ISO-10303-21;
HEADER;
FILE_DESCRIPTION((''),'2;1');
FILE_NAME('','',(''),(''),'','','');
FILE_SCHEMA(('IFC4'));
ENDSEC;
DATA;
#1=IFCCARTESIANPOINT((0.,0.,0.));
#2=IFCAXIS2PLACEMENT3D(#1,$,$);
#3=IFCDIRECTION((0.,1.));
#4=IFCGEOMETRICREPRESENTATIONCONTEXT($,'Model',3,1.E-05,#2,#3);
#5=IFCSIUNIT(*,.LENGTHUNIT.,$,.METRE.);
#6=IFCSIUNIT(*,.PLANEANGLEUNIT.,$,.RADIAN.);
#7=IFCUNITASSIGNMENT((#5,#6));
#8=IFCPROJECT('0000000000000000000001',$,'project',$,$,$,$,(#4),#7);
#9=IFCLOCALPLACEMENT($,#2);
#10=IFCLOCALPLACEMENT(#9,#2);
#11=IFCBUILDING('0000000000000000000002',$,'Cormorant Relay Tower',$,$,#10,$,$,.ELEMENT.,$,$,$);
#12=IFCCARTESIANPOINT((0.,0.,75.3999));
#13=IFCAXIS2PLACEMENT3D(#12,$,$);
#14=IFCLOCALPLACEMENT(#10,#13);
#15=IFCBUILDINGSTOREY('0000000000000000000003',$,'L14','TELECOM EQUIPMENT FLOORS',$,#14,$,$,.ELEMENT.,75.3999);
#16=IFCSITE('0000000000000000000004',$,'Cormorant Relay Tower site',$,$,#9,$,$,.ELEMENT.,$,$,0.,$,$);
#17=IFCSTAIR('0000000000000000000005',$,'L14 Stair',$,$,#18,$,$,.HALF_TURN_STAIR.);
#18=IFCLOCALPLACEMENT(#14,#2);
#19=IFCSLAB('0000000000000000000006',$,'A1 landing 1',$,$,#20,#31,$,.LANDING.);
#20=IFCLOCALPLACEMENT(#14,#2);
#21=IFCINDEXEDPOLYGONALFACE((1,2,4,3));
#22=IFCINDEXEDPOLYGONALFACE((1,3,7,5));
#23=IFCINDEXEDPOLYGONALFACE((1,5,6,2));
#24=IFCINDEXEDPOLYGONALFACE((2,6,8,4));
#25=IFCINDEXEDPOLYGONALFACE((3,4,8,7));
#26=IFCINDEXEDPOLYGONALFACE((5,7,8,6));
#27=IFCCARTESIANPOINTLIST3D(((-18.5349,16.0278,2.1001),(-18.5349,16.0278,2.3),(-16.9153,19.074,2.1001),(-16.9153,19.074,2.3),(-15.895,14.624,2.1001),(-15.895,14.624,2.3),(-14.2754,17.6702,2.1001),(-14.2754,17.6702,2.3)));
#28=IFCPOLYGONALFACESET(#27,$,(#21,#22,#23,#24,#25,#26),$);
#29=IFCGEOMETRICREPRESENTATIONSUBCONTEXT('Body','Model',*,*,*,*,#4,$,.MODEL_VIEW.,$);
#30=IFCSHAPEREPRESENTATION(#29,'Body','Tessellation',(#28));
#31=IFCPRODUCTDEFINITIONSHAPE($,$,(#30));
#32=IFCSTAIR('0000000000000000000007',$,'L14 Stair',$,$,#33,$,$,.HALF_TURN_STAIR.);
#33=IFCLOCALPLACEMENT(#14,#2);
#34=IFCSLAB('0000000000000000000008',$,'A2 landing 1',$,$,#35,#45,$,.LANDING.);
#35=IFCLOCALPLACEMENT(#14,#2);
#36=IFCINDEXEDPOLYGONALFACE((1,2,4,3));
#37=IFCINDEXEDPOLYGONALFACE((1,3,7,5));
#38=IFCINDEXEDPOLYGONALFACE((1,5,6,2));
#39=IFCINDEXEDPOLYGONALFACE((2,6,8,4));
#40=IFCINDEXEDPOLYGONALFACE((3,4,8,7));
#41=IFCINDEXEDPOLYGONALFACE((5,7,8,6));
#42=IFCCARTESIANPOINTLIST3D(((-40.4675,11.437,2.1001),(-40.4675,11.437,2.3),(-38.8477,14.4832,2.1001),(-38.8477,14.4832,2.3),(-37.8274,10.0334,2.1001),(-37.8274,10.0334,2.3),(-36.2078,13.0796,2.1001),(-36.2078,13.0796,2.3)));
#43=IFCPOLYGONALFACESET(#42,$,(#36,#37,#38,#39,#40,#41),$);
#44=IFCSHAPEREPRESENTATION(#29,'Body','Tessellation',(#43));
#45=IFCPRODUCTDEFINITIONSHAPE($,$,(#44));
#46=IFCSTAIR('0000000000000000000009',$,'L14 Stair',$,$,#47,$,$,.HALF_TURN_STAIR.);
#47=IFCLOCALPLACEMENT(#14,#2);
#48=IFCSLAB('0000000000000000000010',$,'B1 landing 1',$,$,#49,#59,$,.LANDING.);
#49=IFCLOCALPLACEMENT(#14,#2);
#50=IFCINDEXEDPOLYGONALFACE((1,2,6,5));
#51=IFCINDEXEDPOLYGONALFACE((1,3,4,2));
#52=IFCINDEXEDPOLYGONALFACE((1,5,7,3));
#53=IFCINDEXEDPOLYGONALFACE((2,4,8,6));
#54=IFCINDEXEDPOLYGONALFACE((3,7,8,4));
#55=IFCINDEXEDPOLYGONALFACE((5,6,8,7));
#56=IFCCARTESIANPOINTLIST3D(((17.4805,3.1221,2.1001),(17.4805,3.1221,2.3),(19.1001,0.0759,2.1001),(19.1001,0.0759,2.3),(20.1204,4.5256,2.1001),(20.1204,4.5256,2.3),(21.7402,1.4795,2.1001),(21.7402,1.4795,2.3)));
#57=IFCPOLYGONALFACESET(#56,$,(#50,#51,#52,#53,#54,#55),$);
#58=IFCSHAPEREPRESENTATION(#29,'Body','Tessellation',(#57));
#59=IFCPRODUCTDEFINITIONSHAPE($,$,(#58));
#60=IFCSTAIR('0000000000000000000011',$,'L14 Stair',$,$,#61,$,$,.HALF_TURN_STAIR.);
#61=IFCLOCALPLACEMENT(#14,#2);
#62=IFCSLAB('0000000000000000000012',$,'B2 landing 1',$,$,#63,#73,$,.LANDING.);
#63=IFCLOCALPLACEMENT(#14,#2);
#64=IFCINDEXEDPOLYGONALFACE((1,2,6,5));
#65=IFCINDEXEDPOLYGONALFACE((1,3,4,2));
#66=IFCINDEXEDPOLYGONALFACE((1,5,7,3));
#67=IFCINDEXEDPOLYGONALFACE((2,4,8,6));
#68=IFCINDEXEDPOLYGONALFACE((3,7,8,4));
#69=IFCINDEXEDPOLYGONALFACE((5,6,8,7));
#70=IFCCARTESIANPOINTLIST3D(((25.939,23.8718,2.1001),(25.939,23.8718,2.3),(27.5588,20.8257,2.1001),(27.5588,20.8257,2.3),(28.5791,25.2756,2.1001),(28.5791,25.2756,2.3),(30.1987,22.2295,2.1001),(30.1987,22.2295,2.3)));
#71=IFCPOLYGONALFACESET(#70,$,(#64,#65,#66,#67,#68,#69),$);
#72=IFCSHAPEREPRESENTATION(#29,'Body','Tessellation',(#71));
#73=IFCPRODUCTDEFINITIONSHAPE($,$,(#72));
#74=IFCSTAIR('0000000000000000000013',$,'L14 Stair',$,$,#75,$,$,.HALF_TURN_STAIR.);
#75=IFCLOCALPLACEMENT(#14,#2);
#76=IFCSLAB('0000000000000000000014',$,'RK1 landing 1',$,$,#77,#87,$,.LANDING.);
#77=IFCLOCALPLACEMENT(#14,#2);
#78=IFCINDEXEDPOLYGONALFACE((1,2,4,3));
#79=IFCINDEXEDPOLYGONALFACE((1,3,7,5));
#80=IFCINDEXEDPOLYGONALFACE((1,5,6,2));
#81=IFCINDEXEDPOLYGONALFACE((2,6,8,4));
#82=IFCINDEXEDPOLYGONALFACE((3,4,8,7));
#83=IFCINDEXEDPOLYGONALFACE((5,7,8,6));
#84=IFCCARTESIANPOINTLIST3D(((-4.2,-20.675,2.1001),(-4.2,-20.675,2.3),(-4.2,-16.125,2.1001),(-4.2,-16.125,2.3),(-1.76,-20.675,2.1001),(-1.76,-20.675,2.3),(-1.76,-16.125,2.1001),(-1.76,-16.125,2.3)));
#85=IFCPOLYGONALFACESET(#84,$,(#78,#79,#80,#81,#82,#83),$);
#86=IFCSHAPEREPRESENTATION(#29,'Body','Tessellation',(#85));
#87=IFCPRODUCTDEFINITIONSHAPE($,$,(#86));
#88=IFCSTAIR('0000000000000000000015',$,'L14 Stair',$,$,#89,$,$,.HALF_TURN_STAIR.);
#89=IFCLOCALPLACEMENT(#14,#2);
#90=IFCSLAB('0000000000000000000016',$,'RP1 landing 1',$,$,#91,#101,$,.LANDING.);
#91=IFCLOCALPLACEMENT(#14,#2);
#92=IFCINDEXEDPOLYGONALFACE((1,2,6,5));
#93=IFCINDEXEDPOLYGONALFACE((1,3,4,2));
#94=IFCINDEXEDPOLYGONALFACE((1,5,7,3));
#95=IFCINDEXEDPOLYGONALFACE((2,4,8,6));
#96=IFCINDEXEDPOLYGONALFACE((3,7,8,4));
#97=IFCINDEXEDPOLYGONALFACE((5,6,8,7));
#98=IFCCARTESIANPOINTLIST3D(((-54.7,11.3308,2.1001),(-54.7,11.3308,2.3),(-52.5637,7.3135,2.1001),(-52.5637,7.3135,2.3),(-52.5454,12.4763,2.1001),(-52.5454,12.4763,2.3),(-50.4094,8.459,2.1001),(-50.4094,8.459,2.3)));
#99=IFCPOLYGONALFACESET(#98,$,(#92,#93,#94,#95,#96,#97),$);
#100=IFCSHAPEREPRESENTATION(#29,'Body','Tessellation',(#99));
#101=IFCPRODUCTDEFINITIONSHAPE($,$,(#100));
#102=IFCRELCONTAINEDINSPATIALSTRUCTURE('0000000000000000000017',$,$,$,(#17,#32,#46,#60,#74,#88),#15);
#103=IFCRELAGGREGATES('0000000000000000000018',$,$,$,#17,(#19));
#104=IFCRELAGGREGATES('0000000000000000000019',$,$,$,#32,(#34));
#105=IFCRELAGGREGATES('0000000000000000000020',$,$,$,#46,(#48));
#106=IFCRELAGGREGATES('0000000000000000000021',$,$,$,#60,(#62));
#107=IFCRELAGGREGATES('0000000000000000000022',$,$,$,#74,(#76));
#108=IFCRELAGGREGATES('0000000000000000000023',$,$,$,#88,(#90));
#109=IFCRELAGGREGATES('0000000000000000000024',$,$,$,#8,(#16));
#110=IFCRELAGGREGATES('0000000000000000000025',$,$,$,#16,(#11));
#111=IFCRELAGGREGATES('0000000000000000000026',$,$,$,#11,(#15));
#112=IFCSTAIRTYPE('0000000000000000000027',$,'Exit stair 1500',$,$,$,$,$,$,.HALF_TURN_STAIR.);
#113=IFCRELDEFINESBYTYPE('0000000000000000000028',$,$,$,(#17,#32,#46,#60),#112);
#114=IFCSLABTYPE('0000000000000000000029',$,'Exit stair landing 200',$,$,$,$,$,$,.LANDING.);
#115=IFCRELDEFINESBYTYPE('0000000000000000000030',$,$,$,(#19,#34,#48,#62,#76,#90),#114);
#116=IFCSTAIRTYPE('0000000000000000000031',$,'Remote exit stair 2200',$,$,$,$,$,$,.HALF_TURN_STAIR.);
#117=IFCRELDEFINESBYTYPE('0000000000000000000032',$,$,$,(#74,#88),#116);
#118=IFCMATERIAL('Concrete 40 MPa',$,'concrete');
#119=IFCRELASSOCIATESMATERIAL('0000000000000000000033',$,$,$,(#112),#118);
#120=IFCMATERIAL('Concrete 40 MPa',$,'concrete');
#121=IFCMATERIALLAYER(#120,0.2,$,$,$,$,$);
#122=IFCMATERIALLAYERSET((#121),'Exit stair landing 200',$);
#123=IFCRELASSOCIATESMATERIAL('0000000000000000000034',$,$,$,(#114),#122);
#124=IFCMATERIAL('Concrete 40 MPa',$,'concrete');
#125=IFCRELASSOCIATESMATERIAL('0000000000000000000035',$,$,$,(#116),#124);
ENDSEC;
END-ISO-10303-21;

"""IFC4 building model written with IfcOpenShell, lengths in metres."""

from ifc_helpers import new_model, si_unit, direction, frame, origin, place, context, subcontext, project, spatial, polyline, outline, extrude, material, layer, layer_set, type_object, element, aggregate, save


model = new_model("IFC4")

# Units and contexts
model_context = context("Model", 3, precision=1e-05, world=origin(), true_north=direction((0.0, 1.0)))
body_context = subcontext(model_context, "Body", "Model", "MODEL_VIEW")
ifc_project = project(units=[si_unit("LENGTHUNIT", "METRE"), si_unit("PLANEANGLEUNIT", "RADIAN")], contexts=[model_context])

# Site, building, storey
site_placement = place(None, origin())
site = spatial("IfcSite", under=ifc_project, at=site_placement, Name="Cormorant Relay Tower site", CompositionType="ELEMENT", RefElevation=0.0)
building_placement = place(site_placement, origin())
building = spatial("IfcBuilding", under=site, at=building_placement, Name="Cormorant Relay Tower", CompositionType="ELEMENT")
storey_placement = place(building_placement, frame((0.0, 0.0, 75.3999)))
storey = spatial("IfcBuildingStorey", under=building, at=storey_placement, Name="L14", Description="TELECOM EQUIPMENT FLOORS", CompositionType="ELEMENT", Elevation=75.3999)

# Stairs, slabs
ifc_material_1 = material(Name="Concrete 40 MPa", Category="concrete")
stair_type_1 = type_object("IfcStairType", Name="Exit stair 1500", PredefinedType="HALF_TURN_STAIR", material=ifc_material_1)
stair_1_placement = place(storey_placement, origin())
stair_1 = element("IfcStair", 1, at=stair_1_placement, inside=storey, type_object=stair_type_1, Name="L14 Stair", PredefinedType="HALF_TURN_STAIR")
ifc_material_2 = material(Name="Concrete 40 MPa", Category="concrete")
ifc_layer_1 = layer(ifc_material_2, 0.2)
ifc_layer_set_1 = layer_set([ifc_layer_1], Name="Exit stair landing 200")
slab_type_1 = type_object("IfcSlabType", Name="Exit stair landing 200", PredefinedType="LANDING", material=ifc_layer_set_1)
slab_1_placement = place(storey_placement, frame((0.0, 0.0, 2.1001)))
slab_1 = element("IfcSlab", 2, at=slab_1_placement, type_object=slab_type_1, Name="A1 landing 1", PredefinedType="LANDING", context=body_context, shape_type="SweptSolid", body=[
    extrude(outline(polyline([(-18.5349, 16.0278), (-15.895, 14.624), (-14.2754, 17.6702), (-16.9153, 19.074), (-18.5349, 16.0278)])), origin(), (0.0, 0.0, 1.0), 0.2),
])
aggregate(stair_1, [slab_1])
stair_2_placement = place(storey_placement, origin())
stair_2 = element("IfcStair", 3, at=stair_2_placement, inside=storey, type_object=stair_type_1, Name="L14 Stair", PredefinedType="HALF_TURN_STAIR")
slab_2_placement = place(storey_placement, frame((0.0, 0.0, 2.1001)))
slab_2 = element("IfcSlab", 4, at=slab_2_placement, type_object=slab_type_1, Name="A2 landing 1", PredefinedType="LANDING", context=body_context, shape_type="SweptSolid", body=[
    extrude(outline(polyline([(-36.2078, 13.0796), (-38.8477, 14.4832), (-40.4675, 11.437), (-37.8274, 10.0334), (-36.2078, 13.0796)])), origin(), (0.0, 0.0, 1.0), 0.2),
])
aggregate(stair_2, [slab_2])
stair_3_placement = place(storey_placement, origin())
stair_3 = element("IfcStair", 5, at=stair_3_placement, inside=storey, type_object=stair_type_1, Name="L14 Stair", PredefinedType="HALF_TURN_STAIR")
slab_3_placement = place(storey_placement, frame((0.0, 0.0, 2.1001)))
slab_3 = element("IfcSlab", 6, at=slab_3_placement, type_object=slab_type_1, Name="B1 landing 1", PredefinedType="LANDING", context=body_context, shape_type="SweptSolid", body=[
    extrude(outline(polyline([(20.1204, 4.5256), (17.4805, 3.1221), (19.1001, 0.0759), (21.7402, 1.4795), (20.1204, 4.5256)])), origin(), (0.0, 0.0, 1.0), 0.2),
])
aggregate(stair_3, [slab_3])
stair_4_placement = place(storey_placement, origin())
stair_4 = element("IfcStair", 7, at=stair_4_placement, inside=storey, type_object=stair_type_1, Name="L14 Stair", PredefinedType="HALF_TURN_STAIR")
slab_4_placement = place(storey_placement, frame((0.0, 0.0, 2.1001)))
slab_4 = element("IfcSlab", 8, at=slab_4_placement, type_object=slab_type_1, Name="B2 landing 1", PredefinedType="LANDING", context=body_context, shape_type="SweptSolid", body=[
    extrude(outline(polyline([(27.5588, 20.8257), (30.1987, 22.2295), (28.5791, 25.2756), (25.939, 23.8718), (27.5588, 20.8257)])), origin(), (0.0, 0.0, 1.0), 0.2),
])
aggregate(stair_4, [slab_4])
ifc_material_3 = material(Name="Concrete 40 MPa", Category="concrete")
stair_type_2 = type_object("IfcStairType", Name="Remote exit stair 2200", PredefinedType="HALF_TURN_STAIR", material=ifc_material_3)
stair_5_placement = place(storey_placement, origin())
stair_5 = element("IfcStair", 9, at=stair_5_placement, inside=storey, type_object=stair_type_2, Name="L14 Stair", PredefinedType="HALF_TURN_STAIR")
slab_5_placement = place(storey_placement, frame((0.0, 0.0, 2.1001)))
slab_5 = element("IfcSlab", 10, at=slab_5_placement, type_object=slab_type_1, Name="RK1 landing 1", PredefinedType="LANDING", context=body_context, shape_type="SweptSolid", body=[
    extrude(outline(polyline([(-1.76, -16.125), (-4.2, -16.125), (-4.2, -20.675), (-1.76, -20.675), (-1.76, -16.125)])), origin(), (0.0, 0.0, 1.0), 0.2),
])
aggregate(stair_5, [slab_5])
stair_6_placement = place(storey_placement, origin())
stair_6 = element("IfcStair", 11, at=stair_6_placement, inside=storey, type_object=stair_type_2, Name="L14 Stair", PredefinedType="HALF_TURN_STAIR")
slab_6_placement = place(storey_placement, frame((0.0, 0.0, 2.1001)))
slab_6 = element("IfcSlab", 12, at=slab_6_placement, type_object=slab_type_1, Name="RP1 landing 1", PredefinedType="LANDING", context=body_context, shape_type="SweptSolid", body=[
    extrude(outline(polyline([(-52.5454, 12.4763), (-54.7, 11.3308), (-52.5637, 7.3135), (-50.4094, 8.459), (-52.5454, 12.4763)])), origin(), (0.0, 0.0, 1.0), 0.2),
])
aggregate(stair_6, [slab_6])

save(model, "model.ifc")
